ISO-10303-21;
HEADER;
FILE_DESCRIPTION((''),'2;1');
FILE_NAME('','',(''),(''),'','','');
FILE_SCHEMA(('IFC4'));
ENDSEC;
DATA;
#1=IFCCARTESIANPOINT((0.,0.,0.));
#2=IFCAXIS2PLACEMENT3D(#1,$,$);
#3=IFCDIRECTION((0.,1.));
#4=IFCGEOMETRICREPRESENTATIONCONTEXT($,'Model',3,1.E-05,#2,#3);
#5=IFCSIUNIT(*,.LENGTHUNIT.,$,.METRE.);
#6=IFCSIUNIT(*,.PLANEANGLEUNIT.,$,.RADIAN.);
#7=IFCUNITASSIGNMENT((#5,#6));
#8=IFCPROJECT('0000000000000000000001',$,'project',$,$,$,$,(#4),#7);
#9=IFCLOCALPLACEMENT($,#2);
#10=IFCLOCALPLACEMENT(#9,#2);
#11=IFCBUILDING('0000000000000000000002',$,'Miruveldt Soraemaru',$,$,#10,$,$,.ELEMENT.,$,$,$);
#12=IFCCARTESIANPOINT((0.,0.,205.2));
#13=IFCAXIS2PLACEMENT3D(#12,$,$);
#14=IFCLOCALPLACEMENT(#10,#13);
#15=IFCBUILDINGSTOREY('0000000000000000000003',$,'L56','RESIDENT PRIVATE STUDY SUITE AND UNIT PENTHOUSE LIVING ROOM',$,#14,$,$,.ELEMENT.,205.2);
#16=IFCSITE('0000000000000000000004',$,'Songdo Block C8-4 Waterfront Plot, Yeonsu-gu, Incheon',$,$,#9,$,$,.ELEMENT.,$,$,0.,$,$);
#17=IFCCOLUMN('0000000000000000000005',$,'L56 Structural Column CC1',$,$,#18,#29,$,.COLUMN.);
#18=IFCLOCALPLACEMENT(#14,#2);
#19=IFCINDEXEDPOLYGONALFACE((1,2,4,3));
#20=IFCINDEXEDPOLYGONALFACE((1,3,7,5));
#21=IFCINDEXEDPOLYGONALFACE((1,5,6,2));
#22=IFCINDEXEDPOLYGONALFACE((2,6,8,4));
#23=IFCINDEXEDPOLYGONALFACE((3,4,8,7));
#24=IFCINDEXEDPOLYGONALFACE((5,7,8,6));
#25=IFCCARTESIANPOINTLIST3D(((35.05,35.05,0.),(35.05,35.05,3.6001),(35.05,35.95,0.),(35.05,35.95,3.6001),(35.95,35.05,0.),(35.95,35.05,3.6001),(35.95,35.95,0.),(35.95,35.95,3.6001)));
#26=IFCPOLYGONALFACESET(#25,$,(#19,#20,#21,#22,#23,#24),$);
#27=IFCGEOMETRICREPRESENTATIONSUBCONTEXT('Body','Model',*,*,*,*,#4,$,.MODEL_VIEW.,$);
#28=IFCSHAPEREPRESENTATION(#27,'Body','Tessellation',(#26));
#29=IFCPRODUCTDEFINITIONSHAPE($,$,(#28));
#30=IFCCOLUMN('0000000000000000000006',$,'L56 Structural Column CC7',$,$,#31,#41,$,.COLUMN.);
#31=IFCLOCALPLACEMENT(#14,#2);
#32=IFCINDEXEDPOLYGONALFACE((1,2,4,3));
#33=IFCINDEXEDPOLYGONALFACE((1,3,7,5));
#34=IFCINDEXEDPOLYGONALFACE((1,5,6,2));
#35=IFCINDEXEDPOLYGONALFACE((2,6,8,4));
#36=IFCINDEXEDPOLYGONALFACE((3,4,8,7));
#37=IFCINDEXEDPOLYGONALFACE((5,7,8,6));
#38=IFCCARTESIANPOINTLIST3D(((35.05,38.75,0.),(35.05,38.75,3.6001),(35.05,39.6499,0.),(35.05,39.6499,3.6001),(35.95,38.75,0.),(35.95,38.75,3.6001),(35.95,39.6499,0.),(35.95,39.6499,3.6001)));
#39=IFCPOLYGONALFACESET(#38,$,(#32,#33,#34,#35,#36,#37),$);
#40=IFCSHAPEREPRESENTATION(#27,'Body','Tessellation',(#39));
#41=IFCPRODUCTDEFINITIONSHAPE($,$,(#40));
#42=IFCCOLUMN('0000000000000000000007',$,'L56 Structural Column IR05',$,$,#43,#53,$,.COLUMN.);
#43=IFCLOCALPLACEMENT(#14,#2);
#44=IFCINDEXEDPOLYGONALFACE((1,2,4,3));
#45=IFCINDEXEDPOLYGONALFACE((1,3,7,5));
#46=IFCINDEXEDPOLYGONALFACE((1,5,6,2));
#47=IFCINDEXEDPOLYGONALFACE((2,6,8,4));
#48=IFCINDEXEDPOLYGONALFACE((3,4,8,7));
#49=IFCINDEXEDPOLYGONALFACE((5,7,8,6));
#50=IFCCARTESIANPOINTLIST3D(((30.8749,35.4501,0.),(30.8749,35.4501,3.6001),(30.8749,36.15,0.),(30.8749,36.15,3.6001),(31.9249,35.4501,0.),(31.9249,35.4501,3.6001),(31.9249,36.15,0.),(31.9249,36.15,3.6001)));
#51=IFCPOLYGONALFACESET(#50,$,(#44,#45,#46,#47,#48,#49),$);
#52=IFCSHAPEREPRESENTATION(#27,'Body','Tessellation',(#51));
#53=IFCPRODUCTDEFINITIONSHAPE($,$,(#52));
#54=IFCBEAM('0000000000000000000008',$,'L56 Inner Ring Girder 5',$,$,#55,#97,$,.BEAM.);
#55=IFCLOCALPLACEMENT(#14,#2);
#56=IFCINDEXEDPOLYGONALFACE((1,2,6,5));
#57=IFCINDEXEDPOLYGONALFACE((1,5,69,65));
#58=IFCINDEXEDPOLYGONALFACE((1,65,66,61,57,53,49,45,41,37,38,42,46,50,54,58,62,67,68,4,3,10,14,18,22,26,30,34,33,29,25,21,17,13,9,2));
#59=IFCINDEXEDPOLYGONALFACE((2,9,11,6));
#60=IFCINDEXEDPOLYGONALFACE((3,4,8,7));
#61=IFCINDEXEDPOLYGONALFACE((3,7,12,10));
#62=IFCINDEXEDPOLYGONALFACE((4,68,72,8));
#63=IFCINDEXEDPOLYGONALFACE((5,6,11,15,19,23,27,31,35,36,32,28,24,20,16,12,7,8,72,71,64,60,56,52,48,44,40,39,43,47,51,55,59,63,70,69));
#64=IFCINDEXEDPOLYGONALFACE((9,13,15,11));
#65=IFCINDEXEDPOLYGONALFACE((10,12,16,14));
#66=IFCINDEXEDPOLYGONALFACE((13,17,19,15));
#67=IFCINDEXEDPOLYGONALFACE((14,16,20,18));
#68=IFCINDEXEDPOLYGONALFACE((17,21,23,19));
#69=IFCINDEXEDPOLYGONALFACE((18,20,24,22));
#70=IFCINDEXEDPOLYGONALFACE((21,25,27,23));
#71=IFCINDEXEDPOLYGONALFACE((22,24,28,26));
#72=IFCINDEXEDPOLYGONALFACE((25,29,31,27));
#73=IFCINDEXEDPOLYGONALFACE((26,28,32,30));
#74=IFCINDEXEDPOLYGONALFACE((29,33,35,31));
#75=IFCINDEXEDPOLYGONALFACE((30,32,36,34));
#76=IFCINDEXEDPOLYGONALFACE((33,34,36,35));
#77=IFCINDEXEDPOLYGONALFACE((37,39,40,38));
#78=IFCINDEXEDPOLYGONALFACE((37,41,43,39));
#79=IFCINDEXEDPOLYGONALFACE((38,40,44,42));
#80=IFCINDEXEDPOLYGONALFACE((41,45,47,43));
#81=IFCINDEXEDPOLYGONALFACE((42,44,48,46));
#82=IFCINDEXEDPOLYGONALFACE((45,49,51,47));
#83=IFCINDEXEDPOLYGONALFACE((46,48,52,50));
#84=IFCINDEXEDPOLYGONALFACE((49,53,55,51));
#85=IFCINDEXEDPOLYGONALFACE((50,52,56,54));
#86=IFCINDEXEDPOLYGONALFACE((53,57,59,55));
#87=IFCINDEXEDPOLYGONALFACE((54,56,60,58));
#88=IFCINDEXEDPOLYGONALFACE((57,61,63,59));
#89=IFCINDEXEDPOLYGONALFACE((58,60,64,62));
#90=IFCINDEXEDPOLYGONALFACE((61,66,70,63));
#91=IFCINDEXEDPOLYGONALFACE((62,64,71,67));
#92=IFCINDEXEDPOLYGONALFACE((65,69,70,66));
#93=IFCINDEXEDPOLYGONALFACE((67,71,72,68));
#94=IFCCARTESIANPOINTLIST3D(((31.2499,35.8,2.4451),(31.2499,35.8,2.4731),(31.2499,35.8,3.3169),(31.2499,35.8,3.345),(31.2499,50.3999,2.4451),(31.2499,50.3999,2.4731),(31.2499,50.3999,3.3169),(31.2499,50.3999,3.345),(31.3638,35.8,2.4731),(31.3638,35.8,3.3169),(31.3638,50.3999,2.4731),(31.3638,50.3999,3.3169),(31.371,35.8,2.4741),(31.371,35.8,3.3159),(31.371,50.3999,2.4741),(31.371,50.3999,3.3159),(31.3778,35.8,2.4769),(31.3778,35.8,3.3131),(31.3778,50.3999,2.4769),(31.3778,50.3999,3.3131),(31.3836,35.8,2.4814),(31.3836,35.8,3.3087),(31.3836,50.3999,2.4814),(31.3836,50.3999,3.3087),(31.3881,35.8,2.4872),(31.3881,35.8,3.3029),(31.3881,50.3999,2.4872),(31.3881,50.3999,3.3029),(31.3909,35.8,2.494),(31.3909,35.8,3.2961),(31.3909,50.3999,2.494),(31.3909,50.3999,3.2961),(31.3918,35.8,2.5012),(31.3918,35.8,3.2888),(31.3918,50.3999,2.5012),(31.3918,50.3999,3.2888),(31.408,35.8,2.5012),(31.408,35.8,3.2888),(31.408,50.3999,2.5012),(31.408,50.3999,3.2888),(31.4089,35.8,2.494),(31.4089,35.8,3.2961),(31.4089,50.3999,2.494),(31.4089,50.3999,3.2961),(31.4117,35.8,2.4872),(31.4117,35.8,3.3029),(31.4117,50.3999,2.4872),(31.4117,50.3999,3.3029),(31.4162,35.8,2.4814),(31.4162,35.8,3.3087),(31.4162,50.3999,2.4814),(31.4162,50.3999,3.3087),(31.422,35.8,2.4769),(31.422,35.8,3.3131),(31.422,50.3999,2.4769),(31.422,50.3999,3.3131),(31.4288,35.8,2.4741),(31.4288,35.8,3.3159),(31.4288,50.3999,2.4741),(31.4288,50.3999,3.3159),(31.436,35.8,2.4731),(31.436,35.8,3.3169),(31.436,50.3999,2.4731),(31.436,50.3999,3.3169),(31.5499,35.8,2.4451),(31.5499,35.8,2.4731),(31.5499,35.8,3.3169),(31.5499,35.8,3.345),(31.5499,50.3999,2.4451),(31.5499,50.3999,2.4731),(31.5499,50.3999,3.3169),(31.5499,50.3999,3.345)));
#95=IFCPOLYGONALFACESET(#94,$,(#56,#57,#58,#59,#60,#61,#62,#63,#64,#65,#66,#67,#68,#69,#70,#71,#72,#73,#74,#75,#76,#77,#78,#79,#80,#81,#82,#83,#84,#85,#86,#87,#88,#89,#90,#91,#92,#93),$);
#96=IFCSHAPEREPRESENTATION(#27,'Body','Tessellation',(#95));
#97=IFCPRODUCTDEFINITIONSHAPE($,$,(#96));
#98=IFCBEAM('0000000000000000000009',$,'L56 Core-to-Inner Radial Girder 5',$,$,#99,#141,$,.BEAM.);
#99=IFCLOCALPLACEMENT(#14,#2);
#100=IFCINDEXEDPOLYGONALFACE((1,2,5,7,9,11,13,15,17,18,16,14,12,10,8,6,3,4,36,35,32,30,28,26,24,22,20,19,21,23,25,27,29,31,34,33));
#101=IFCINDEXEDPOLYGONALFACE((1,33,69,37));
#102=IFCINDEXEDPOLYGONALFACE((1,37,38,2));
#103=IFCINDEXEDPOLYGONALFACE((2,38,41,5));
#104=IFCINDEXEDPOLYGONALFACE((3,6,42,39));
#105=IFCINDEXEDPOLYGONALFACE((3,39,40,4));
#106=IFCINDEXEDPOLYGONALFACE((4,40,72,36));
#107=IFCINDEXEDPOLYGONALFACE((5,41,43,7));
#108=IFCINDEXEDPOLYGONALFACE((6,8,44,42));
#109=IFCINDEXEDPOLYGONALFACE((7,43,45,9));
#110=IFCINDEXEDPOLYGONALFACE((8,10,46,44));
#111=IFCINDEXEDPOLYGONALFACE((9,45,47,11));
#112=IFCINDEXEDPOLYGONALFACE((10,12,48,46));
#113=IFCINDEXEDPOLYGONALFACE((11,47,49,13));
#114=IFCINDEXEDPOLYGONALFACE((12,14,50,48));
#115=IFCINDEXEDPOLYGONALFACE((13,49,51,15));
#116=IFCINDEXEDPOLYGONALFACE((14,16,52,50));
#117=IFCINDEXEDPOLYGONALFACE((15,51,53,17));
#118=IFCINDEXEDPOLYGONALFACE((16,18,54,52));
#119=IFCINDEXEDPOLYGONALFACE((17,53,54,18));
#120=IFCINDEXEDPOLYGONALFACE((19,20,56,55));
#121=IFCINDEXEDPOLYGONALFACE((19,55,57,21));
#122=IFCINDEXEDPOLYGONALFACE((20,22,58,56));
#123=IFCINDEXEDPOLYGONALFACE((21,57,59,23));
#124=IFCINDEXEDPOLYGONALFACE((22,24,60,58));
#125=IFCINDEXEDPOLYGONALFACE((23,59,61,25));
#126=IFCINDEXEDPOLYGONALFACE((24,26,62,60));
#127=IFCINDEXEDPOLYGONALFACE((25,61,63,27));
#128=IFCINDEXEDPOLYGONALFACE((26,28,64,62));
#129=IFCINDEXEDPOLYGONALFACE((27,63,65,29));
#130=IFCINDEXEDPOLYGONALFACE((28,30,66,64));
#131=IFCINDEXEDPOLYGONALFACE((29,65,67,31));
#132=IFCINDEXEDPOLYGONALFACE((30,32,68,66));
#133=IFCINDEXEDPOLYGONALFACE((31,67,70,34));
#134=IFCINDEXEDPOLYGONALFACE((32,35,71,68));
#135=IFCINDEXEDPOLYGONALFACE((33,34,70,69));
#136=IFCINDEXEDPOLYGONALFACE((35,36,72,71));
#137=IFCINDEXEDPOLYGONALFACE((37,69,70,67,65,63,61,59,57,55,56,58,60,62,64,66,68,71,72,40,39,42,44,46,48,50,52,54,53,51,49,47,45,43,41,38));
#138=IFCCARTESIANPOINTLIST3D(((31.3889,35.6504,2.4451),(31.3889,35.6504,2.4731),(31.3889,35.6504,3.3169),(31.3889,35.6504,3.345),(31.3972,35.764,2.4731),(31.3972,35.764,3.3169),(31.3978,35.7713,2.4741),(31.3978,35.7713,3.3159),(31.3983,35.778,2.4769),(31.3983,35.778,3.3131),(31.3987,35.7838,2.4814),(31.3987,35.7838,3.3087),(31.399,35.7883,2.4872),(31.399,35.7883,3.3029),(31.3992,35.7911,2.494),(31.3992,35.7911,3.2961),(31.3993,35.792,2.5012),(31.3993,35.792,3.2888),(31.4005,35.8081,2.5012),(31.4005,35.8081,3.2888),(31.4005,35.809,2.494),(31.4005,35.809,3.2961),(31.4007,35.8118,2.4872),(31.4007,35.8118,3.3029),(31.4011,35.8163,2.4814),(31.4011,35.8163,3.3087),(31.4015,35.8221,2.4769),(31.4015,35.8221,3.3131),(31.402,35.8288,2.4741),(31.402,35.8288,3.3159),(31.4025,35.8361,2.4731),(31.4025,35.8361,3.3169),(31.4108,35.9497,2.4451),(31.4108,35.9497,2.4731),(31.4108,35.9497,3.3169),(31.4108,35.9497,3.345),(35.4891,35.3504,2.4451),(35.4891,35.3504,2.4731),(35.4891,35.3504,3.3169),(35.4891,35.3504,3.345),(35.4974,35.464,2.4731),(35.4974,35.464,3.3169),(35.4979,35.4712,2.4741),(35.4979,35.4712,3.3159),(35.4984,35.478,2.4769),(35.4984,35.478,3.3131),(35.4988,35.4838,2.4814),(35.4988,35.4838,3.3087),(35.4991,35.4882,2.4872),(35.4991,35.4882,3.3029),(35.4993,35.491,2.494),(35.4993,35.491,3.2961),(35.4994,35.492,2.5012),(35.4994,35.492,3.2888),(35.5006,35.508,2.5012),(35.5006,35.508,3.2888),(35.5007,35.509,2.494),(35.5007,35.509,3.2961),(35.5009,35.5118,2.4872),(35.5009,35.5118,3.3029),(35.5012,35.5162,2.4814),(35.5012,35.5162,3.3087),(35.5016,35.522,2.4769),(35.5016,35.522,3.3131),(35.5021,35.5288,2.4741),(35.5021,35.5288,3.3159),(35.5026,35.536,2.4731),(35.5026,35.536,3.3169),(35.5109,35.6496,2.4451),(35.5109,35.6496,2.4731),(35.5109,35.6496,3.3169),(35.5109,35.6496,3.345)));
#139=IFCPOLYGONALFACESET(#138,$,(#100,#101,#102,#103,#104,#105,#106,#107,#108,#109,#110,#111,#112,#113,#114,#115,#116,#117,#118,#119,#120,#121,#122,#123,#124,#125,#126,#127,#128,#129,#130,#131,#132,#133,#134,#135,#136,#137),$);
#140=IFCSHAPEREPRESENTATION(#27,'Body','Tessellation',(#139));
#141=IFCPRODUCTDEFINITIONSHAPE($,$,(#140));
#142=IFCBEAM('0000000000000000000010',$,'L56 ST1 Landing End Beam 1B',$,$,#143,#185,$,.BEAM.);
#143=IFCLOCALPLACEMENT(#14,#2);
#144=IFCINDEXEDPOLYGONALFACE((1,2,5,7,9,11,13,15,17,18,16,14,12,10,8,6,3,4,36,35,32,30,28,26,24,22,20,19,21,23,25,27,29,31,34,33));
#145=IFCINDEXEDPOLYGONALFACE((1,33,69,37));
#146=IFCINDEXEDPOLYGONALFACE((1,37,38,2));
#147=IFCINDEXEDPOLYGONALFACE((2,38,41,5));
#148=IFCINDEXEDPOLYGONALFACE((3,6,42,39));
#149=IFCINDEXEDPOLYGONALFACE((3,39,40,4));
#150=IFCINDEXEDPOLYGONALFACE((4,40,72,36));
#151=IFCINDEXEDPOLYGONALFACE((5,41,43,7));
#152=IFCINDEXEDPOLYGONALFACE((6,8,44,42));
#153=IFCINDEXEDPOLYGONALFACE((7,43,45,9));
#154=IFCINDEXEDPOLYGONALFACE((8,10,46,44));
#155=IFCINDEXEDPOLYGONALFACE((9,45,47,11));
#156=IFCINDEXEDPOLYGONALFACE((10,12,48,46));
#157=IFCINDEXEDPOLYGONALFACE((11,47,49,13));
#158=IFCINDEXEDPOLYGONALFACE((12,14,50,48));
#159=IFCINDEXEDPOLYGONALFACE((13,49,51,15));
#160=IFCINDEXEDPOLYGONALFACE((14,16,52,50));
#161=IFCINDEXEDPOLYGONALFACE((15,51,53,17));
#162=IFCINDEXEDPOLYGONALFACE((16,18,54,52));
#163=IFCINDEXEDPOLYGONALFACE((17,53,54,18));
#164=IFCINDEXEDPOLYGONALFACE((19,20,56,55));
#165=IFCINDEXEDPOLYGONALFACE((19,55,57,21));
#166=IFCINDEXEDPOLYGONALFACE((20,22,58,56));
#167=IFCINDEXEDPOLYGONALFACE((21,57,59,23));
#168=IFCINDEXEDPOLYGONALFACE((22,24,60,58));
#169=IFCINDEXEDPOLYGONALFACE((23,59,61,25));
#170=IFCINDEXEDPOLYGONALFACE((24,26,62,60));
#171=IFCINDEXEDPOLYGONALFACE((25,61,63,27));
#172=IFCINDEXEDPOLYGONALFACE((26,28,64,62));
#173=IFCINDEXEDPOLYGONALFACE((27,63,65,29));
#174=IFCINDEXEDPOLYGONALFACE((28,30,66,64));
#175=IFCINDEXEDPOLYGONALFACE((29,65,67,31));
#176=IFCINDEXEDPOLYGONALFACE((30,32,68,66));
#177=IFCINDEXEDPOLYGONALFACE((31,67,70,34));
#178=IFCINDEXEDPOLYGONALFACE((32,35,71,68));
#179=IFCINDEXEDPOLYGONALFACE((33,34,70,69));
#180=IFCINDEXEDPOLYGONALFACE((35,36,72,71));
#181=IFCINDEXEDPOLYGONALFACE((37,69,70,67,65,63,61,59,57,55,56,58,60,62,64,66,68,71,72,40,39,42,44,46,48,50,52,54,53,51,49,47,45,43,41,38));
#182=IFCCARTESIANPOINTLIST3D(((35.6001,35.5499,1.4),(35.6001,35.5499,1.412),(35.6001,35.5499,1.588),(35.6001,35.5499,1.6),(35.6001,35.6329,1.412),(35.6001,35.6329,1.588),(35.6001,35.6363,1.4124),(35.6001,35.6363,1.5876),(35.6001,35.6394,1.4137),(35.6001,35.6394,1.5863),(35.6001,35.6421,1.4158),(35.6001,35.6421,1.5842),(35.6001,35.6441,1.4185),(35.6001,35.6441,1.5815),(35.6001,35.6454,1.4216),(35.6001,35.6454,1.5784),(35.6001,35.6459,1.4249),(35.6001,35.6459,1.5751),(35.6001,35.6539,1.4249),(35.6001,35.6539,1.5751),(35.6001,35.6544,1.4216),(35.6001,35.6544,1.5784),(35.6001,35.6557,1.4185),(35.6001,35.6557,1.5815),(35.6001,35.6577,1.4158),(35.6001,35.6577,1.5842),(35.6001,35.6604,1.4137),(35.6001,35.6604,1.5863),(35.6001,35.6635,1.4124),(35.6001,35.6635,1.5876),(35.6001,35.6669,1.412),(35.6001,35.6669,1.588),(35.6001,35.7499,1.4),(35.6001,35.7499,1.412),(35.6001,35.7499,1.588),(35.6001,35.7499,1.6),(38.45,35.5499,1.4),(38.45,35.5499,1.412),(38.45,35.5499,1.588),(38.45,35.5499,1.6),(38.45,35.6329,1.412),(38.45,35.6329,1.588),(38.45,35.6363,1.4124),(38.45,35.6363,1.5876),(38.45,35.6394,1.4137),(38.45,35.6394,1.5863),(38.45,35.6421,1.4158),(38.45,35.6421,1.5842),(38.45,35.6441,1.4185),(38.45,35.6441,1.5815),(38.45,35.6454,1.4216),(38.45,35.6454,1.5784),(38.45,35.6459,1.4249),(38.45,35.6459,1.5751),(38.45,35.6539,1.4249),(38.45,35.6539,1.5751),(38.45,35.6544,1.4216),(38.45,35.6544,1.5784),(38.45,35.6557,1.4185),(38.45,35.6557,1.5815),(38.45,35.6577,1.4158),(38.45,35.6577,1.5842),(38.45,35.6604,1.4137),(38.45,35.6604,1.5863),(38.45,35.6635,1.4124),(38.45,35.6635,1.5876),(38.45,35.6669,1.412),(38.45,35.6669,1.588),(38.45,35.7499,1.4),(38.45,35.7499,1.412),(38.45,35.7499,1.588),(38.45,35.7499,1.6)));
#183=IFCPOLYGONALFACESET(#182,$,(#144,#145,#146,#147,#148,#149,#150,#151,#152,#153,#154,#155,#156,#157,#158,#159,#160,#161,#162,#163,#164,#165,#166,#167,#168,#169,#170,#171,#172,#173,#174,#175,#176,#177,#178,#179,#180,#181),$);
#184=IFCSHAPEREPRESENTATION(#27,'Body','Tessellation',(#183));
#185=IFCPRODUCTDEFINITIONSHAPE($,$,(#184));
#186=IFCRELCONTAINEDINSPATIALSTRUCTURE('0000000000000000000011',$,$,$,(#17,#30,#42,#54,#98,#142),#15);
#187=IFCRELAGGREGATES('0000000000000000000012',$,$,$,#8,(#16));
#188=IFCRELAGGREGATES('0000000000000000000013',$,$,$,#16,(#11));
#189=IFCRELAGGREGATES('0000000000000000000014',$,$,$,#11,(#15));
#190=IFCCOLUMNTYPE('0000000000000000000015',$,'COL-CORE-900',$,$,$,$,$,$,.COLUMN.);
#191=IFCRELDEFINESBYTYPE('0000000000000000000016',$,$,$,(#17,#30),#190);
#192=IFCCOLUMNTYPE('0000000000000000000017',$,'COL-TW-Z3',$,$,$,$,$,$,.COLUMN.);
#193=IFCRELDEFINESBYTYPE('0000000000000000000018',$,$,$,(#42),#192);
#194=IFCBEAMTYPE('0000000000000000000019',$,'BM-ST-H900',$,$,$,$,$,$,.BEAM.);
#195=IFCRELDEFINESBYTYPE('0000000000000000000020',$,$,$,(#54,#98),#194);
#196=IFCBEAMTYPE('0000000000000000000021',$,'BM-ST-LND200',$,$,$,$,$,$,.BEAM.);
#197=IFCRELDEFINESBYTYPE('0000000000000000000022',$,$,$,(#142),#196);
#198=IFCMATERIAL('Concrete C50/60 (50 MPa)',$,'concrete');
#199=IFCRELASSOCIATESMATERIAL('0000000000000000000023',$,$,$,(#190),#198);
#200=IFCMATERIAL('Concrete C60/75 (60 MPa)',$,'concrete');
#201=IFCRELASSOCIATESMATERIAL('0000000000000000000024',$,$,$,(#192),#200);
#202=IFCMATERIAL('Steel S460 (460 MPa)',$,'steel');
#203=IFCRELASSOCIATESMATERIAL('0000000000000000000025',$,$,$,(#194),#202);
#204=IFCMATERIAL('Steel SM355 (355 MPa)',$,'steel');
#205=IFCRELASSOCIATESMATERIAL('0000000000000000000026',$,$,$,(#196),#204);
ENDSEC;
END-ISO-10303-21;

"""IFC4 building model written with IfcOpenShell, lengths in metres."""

from ifc_helpers import new_model, si_unit, direction, frame, origin, origin_2d, place, context, subcontext, project, spatial, rectangle, i_section, extrude, material, material_profile, profile_set, type_object, element, save


model = new_model("IFC4")

# Units and contexts
model_context = context("Model", 3, precision=1e-05, world=origin(), true_north=direction((0.0, 1.0)))
body_context = subcontext(model_context, "Body", "Model", "MODEL_VIEW")
ifc_project = project(units=[si_unit("LENGTHUNIT", "METRE"), si_unit("PLANEANGLEUNIT", "RADIAN")], contexts=[model_context])

# Site, building, storey
site_placement = place(None, origin())
site = spatial("IfcSite", under=ifc_project, at=site_placement, Name="Songdo Block C8-4 Waterfront Plot, Yeonsu-gu, Incheon", CompositionType="ELEMENT", RefElevation=0.0)
building_placement = place(site_placement, origin())
building = spatial("IfcBuilding", under=site, at=building_placement, Name="Miruveldt Soraemaru", CompositionType="ELEMENT")
storey_placement = place(building_placement, frame((0.0, 0.0, 205.2)))
storey = spatial("IfcBuildingStorey", under=building, at=storey_placement, Name="L56", Description="RESIDENT PRIVATE STUDY SUITE AND UNIT PENTHOUSE LIVING ROOM", CompositionType="ELEMENT", Elevation=205.2)

# Columns
ifc_material_1 = material(Name="Concrete C50/60 (50 MPa)", Category="concrete")
ifc_material_profile_1 = material_profile(ifc_material_1, rectangle(XDim=0.8999, YDim=0.8999, at=origin_2d()), Name="Concrete C50/60 (50 MPa)", Category="concrete")
ifc_profile_set_1 = profile_set([ifc_material_profile_1], Name="Concrete C50/60 (50 MPa)")
column_type_1 = type_object("IfcColumnType", Name="COL-CORE-900", PredefinedType="COLUMN", material=ifc_profile_set_1)
for number, where, z_axis, x_axis, name in (
    (1, (35.5, 35.5, 0.0), (0.0, 0.0, 1.0), (1.0, 0.0, 0.0), "L56 Structural Column CC1"),
    (2, (35.5, 39.2, 0.0), (0.0, 0.0, 1.0), (1.0, 0.0, 0.0), "L56 Structural Column CC7"),
):
    element("IfcColumn", number, at=place(storey_placement, frame(where, z_axis=z_axis, x_axis=x_axis)), inside=storey, type_object=column_type_1, Name=name, PredefinedType="COLUMN", context=body_context, shape_type="SweptSolid", body=[
        extrude(rectangle(XDim=0.8999, YDim=0.8999, at=origin_2d()), origin(), (0.0, 0.0, 1.0), 3.6001),
    ])
ifc_material_2 = material(Name="Concrete C60/75 (60 MPa)", Category="concrete")
ifc_material_profile_2 = material_profile(ifc_material_2, rectangle(XDim=1.05, YDim=0.7, at=origin_2d()), Name="Concrete C60/75 (60 MPa)", Category="concrete")
ifc_profile_set_2 = profile_set([ifc_material_profile_2], Name="Concrete C60/75 (60 MPa)")
column_type_2 = type_object("IfcColumnType", Name="COL-TW-Z3", PredefinedType="COLUMN", material=ifc_profile_set_2)
column_placement = place(storey_placement, frame((31.3999, 35.8, 0.0), z_axis=(0.0, 0.0, 1.0), x_axis=(1.0, 0.0, 0.0)))
element("IfcColumn", 3, at=column_placement, inside=storey, type_object=column_type_2, Name="L56 Structural Column IR05", PredefinedType="COLUMN", context=body_context, shape_type="SweptSolid", body=[
    extrude(rectangle(XDim=1.05, YDim=0.7, at=origin_2d()), origin(), (0.0, 0.0, 1.0), 3.6001),
])

# Beams
ifc_material_3 = material(Name="Steel S460 (460 MPa)", Category="steel")
ifc_material_profile_3 = material_profile(ifc_material_3, i_section(OverallWidth=0.3, OverallDepth=0.8999, WebThickness=0.0161, FlangeThickness=0.0281, FilletRadius=0.0281, at=origin_2d()), Name="Steel S460 (460 MPa)", Category="steel")
ifc_profile_set_3 = profile_set([ifc_material_profile_3], Name="Steel S460 (460 MPa)")
beam_type_1 = type_object("IfcBeamType", Name="BM-ST-H900", PredefinedType="BEAM", material=ifc_profile_set_3)
beam_1_placement = place(storey_placement, frame((31.3999, 35.8, 2.895), z_axis=(0.0, 1.0, 0.0), x_axis=(-1.0, 0.0, 0.0)))
element("IfcBeam", 4, at=beam_1_placement, inside=storey, type_object=beam_type_1, Name="L56 Inner Ring Girder 5", PredefinedType="BEAM", context=body_context, shape_type="SweptSolid", body=[
    extrude(i_section(OverallWidth=0.3, OverallDepth=0.8999, WebThickness=0.0161, FlangeThickness=0.0281, FilletRadius=0.0281, at=origin_2d()), origin(), (0.0, 0.0, 1.0), 14.5999),
])
beam_2_placement = place(storey_placement, frame((35.5, 35.5, 2.895), z_axis=(-0.997333, 0.072986, 0.0), x_axis=(-0.072986, -0.997333, 0.0)))
element("IfcBeam", 5, at=beam_2_placement, inside=storey, type_object=beam_type_1, Name="L56 Core-to-Inner Radial Girder 5", PredefinedType="BEAM", context=body_context, shape_type="SweptSolid", body=[
    extrude(i_section(OverallWidth=0.3, OverallDepth=0.8999, WebThickness=0.0161, FlangeThickness=0.0281, FilletRadius=0.0281, at=origin_2d()), origin(), (0.0, 0.0, 1.0), 4.1111),
])
ifc_material_4 = material(Name="Steel SM355 (355 MPa)", Category="steel")
ifc_material_profile_4 = material_profile(ifc_material_4, i_section(OverallWidth=0.2, OverallDepth=0.2, WebThickness=0.0081, FlangeThickness=0.012, FilletRadius=0.0129, at=origin_2d()), Name="Steel SM355 (355 MPa)", Category="steel")
ifc_profile_set_4 = profile_set([ifc_material_profile_4], Name="Steel SM355 (355 MPa)")
beam_type_2 = type_object("IfcBeamType", Name="BM-ST-LND200", PredefinedType="BEAM", material=ifc_profile_set_4)
beam_3_placement = place(storey_placement, frame((35.6001, 35.6499, 1.5), z_axis=(1.0, 0.0, 0.0), x_axis=(0.0, 1.0, 0.0)))
element("IfcBeam", 6, at=beam_3_placement, inside=storey, type_object=beam_type_2, Name="L56 ST1 Landing End Beam 1B", PredefinedType="BEAM", context=body_context, shape_type="SweptSolid", body=[
    extrude(i_section(OverallWidth=0.2, OverallDepth=0.2, WebThickness=0.0081, FlangeThickness=0.012, FilletRadius=0.0129, at=origin_2d()), origin(), (0.0, 0.0, 1.0), 2.8499),
])

save(model, "model.ifc")
